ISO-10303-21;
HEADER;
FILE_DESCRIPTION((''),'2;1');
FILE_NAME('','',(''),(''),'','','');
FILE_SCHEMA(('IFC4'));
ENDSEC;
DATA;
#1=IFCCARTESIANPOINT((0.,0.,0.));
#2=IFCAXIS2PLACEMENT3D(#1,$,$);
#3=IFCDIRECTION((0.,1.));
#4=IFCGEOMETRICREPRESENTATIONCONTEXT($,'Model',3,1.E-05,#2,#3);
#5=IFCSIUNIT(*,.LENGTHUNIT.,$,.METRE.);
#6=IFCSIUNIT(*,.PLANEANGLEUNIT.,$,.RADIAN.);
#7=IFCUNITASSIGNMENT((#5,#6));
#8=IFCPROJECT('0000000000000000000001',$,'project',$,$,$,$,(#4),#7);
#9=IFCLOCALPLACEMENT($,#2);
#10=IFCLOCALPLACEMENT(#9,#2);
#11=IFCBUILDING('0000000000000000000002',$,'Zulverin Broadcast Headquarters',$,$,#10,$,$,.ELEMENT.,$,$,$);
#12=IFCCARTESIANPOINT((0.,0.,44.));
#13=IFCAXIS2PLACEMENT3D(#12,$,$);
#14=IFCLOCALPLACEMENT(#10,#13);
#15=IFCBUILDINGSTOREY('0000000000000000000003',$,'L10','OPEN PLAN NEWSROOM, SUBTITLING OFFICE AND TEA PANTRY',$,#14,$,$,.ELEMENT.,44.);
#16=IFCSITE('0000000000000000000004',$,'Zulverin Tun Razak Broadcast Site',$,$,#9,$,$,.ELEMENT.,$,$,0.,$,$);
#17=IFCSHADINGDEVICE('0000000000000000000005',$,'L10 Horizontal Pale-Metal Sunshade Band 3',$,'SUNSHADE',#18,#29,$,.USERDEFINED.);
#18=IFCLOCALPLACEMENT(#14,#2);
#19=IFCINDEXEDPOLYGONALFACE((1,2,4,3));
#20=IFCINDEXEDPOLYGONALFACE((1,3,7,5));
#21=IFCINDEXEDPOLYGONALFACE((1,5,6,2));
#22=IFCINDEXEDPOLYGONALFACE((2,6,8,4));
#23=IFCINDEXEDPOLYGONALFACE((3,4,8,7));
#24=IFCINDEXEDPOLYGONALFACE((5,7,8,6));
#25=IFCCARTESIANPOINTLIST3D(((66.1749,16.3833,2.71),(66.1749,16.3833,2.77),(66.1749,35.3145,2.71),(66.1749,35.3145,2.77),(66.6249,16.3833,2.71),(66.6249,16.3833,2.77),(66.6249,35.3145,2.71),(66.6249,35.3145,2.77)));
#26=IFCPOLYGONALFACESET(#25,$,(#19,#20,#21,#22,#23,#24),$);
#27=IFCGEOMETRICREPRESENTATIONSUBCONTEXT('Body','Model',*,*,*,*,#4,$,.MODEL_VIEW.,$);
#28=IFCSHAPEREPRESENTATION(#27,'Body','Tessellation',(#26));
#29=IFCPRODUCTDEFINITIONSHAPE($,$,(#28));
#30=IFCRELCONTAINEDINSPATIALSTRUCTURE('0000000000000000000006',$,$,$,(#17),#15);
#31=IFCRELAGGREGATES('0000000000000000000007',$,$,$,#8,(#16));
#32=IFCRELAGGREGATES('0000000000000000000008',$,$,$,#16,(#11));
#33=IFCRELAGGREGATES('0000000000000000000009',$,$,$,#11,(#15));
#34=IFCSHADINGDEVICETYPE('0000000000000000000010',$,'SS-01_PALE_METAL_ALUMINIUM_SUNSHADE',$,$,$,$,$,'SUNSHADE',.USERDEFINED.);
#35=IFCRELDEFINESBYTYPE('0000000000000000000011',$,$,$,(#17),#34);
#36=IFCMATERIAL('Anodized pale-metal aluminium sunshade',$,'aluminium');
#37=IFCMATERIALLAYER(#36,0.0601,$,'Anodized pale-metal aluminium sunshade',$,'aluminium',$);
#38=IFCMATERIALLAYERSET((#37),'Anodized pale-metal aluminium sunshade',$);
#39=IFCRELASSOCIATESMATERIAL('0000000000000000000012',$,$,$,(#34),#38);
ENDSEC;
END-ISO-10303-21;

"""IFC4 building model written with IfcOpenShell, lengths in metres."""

from ifc_helpers import new_model, si_unit, direction, frame, origin, origin_2d, place, context, subcontext, project, spatial, rectangle, extrude, material, layer, layer_set, type_object, element, save


model = new_model("IFC4")

# Units and contexts
model_context = context("Model", 3, precision=1e-05, world=origin(), true_north=direction((0.0, 1.0)))
body_context = subcontext(model_context, "Body", "Model", "MODEL_VIEW")
ifc_project = project(units=[si_unit("LENGTHUNIT", "METRE"), si_unit("PLANEANGLEUNIT", "RADIAN")], contexts=[model_context])

# Site, building, storey
site_placement = place(None, origin())
site = spatial("IfcSite", under=ifc_project, at=site_placement, Name="Zulverin Tun Razak Broadcast Site", CompositionType="ELEMENT", RefElevation=0.0)
building_placement = place(site_placement, origin())
building = spatial("IfcBuilding", under=site, at=building_placement, Name="Zulverin Broadcast Headquarters", CompositionType="ELEMENT")
storey_placement = place(building_placement, frame((0.0, 0.0, 44.0)))
storey = spatial("IfcBuildingStorey", under=building, at=storey_placement, Name="L10", Description="OPEN PLAN NEWSROOM, SUBTITLING OFFICE AND TEA PANTRY", CompositionType="ELEMENT", Elevation=44.0)

# Shading device
ifc_material_1 = material(Name="Anodized pale-metal aluminium sunshade", Category="aluminium")
ifc_layer_1 = layer(ifc_material_1, 0.0601, Name="Anodized pale-metal aluminium sunshade", Category="aluminium")
ifc_layer_set_1 = layer_set([ifc_layer_1], Name="Anodized pale-metal aluminium sunshade")
shading_device_type = type_object("IfcShadingDeviceType", Name="SS-01_PALE_METAL_ALUMINIUM_SUNSHADE", ElementType="SUNSHADE", PredefinedType="USERDEFINED", material=ifc_layer_set_1)
shading_device_placement = place(storey_placement, frame((66.3999, 25.8489, 2.71), z_axis=(0.0, 0.0, 1.0), x_axis=(0.0, 1.0, 0.0)))
element("IfcShadingDevice", 1, at=shading_device_placement, inside=storey, type_object=shading_device_type, Name="L10 Horizontal Pale-Metal Sunshade Band 3", ObjectType="SUNSHADE", PredefinedType="USERDEFINED", context=body_context, shape_type="SweptSolid", body=[
    extrude(rectangle(XDim=18.9312, YDim=0.45, at=origin_2d()), origin(), (0.0, 0.0, 1.0), 0.0601),
])

save(model, "model.ifc")
